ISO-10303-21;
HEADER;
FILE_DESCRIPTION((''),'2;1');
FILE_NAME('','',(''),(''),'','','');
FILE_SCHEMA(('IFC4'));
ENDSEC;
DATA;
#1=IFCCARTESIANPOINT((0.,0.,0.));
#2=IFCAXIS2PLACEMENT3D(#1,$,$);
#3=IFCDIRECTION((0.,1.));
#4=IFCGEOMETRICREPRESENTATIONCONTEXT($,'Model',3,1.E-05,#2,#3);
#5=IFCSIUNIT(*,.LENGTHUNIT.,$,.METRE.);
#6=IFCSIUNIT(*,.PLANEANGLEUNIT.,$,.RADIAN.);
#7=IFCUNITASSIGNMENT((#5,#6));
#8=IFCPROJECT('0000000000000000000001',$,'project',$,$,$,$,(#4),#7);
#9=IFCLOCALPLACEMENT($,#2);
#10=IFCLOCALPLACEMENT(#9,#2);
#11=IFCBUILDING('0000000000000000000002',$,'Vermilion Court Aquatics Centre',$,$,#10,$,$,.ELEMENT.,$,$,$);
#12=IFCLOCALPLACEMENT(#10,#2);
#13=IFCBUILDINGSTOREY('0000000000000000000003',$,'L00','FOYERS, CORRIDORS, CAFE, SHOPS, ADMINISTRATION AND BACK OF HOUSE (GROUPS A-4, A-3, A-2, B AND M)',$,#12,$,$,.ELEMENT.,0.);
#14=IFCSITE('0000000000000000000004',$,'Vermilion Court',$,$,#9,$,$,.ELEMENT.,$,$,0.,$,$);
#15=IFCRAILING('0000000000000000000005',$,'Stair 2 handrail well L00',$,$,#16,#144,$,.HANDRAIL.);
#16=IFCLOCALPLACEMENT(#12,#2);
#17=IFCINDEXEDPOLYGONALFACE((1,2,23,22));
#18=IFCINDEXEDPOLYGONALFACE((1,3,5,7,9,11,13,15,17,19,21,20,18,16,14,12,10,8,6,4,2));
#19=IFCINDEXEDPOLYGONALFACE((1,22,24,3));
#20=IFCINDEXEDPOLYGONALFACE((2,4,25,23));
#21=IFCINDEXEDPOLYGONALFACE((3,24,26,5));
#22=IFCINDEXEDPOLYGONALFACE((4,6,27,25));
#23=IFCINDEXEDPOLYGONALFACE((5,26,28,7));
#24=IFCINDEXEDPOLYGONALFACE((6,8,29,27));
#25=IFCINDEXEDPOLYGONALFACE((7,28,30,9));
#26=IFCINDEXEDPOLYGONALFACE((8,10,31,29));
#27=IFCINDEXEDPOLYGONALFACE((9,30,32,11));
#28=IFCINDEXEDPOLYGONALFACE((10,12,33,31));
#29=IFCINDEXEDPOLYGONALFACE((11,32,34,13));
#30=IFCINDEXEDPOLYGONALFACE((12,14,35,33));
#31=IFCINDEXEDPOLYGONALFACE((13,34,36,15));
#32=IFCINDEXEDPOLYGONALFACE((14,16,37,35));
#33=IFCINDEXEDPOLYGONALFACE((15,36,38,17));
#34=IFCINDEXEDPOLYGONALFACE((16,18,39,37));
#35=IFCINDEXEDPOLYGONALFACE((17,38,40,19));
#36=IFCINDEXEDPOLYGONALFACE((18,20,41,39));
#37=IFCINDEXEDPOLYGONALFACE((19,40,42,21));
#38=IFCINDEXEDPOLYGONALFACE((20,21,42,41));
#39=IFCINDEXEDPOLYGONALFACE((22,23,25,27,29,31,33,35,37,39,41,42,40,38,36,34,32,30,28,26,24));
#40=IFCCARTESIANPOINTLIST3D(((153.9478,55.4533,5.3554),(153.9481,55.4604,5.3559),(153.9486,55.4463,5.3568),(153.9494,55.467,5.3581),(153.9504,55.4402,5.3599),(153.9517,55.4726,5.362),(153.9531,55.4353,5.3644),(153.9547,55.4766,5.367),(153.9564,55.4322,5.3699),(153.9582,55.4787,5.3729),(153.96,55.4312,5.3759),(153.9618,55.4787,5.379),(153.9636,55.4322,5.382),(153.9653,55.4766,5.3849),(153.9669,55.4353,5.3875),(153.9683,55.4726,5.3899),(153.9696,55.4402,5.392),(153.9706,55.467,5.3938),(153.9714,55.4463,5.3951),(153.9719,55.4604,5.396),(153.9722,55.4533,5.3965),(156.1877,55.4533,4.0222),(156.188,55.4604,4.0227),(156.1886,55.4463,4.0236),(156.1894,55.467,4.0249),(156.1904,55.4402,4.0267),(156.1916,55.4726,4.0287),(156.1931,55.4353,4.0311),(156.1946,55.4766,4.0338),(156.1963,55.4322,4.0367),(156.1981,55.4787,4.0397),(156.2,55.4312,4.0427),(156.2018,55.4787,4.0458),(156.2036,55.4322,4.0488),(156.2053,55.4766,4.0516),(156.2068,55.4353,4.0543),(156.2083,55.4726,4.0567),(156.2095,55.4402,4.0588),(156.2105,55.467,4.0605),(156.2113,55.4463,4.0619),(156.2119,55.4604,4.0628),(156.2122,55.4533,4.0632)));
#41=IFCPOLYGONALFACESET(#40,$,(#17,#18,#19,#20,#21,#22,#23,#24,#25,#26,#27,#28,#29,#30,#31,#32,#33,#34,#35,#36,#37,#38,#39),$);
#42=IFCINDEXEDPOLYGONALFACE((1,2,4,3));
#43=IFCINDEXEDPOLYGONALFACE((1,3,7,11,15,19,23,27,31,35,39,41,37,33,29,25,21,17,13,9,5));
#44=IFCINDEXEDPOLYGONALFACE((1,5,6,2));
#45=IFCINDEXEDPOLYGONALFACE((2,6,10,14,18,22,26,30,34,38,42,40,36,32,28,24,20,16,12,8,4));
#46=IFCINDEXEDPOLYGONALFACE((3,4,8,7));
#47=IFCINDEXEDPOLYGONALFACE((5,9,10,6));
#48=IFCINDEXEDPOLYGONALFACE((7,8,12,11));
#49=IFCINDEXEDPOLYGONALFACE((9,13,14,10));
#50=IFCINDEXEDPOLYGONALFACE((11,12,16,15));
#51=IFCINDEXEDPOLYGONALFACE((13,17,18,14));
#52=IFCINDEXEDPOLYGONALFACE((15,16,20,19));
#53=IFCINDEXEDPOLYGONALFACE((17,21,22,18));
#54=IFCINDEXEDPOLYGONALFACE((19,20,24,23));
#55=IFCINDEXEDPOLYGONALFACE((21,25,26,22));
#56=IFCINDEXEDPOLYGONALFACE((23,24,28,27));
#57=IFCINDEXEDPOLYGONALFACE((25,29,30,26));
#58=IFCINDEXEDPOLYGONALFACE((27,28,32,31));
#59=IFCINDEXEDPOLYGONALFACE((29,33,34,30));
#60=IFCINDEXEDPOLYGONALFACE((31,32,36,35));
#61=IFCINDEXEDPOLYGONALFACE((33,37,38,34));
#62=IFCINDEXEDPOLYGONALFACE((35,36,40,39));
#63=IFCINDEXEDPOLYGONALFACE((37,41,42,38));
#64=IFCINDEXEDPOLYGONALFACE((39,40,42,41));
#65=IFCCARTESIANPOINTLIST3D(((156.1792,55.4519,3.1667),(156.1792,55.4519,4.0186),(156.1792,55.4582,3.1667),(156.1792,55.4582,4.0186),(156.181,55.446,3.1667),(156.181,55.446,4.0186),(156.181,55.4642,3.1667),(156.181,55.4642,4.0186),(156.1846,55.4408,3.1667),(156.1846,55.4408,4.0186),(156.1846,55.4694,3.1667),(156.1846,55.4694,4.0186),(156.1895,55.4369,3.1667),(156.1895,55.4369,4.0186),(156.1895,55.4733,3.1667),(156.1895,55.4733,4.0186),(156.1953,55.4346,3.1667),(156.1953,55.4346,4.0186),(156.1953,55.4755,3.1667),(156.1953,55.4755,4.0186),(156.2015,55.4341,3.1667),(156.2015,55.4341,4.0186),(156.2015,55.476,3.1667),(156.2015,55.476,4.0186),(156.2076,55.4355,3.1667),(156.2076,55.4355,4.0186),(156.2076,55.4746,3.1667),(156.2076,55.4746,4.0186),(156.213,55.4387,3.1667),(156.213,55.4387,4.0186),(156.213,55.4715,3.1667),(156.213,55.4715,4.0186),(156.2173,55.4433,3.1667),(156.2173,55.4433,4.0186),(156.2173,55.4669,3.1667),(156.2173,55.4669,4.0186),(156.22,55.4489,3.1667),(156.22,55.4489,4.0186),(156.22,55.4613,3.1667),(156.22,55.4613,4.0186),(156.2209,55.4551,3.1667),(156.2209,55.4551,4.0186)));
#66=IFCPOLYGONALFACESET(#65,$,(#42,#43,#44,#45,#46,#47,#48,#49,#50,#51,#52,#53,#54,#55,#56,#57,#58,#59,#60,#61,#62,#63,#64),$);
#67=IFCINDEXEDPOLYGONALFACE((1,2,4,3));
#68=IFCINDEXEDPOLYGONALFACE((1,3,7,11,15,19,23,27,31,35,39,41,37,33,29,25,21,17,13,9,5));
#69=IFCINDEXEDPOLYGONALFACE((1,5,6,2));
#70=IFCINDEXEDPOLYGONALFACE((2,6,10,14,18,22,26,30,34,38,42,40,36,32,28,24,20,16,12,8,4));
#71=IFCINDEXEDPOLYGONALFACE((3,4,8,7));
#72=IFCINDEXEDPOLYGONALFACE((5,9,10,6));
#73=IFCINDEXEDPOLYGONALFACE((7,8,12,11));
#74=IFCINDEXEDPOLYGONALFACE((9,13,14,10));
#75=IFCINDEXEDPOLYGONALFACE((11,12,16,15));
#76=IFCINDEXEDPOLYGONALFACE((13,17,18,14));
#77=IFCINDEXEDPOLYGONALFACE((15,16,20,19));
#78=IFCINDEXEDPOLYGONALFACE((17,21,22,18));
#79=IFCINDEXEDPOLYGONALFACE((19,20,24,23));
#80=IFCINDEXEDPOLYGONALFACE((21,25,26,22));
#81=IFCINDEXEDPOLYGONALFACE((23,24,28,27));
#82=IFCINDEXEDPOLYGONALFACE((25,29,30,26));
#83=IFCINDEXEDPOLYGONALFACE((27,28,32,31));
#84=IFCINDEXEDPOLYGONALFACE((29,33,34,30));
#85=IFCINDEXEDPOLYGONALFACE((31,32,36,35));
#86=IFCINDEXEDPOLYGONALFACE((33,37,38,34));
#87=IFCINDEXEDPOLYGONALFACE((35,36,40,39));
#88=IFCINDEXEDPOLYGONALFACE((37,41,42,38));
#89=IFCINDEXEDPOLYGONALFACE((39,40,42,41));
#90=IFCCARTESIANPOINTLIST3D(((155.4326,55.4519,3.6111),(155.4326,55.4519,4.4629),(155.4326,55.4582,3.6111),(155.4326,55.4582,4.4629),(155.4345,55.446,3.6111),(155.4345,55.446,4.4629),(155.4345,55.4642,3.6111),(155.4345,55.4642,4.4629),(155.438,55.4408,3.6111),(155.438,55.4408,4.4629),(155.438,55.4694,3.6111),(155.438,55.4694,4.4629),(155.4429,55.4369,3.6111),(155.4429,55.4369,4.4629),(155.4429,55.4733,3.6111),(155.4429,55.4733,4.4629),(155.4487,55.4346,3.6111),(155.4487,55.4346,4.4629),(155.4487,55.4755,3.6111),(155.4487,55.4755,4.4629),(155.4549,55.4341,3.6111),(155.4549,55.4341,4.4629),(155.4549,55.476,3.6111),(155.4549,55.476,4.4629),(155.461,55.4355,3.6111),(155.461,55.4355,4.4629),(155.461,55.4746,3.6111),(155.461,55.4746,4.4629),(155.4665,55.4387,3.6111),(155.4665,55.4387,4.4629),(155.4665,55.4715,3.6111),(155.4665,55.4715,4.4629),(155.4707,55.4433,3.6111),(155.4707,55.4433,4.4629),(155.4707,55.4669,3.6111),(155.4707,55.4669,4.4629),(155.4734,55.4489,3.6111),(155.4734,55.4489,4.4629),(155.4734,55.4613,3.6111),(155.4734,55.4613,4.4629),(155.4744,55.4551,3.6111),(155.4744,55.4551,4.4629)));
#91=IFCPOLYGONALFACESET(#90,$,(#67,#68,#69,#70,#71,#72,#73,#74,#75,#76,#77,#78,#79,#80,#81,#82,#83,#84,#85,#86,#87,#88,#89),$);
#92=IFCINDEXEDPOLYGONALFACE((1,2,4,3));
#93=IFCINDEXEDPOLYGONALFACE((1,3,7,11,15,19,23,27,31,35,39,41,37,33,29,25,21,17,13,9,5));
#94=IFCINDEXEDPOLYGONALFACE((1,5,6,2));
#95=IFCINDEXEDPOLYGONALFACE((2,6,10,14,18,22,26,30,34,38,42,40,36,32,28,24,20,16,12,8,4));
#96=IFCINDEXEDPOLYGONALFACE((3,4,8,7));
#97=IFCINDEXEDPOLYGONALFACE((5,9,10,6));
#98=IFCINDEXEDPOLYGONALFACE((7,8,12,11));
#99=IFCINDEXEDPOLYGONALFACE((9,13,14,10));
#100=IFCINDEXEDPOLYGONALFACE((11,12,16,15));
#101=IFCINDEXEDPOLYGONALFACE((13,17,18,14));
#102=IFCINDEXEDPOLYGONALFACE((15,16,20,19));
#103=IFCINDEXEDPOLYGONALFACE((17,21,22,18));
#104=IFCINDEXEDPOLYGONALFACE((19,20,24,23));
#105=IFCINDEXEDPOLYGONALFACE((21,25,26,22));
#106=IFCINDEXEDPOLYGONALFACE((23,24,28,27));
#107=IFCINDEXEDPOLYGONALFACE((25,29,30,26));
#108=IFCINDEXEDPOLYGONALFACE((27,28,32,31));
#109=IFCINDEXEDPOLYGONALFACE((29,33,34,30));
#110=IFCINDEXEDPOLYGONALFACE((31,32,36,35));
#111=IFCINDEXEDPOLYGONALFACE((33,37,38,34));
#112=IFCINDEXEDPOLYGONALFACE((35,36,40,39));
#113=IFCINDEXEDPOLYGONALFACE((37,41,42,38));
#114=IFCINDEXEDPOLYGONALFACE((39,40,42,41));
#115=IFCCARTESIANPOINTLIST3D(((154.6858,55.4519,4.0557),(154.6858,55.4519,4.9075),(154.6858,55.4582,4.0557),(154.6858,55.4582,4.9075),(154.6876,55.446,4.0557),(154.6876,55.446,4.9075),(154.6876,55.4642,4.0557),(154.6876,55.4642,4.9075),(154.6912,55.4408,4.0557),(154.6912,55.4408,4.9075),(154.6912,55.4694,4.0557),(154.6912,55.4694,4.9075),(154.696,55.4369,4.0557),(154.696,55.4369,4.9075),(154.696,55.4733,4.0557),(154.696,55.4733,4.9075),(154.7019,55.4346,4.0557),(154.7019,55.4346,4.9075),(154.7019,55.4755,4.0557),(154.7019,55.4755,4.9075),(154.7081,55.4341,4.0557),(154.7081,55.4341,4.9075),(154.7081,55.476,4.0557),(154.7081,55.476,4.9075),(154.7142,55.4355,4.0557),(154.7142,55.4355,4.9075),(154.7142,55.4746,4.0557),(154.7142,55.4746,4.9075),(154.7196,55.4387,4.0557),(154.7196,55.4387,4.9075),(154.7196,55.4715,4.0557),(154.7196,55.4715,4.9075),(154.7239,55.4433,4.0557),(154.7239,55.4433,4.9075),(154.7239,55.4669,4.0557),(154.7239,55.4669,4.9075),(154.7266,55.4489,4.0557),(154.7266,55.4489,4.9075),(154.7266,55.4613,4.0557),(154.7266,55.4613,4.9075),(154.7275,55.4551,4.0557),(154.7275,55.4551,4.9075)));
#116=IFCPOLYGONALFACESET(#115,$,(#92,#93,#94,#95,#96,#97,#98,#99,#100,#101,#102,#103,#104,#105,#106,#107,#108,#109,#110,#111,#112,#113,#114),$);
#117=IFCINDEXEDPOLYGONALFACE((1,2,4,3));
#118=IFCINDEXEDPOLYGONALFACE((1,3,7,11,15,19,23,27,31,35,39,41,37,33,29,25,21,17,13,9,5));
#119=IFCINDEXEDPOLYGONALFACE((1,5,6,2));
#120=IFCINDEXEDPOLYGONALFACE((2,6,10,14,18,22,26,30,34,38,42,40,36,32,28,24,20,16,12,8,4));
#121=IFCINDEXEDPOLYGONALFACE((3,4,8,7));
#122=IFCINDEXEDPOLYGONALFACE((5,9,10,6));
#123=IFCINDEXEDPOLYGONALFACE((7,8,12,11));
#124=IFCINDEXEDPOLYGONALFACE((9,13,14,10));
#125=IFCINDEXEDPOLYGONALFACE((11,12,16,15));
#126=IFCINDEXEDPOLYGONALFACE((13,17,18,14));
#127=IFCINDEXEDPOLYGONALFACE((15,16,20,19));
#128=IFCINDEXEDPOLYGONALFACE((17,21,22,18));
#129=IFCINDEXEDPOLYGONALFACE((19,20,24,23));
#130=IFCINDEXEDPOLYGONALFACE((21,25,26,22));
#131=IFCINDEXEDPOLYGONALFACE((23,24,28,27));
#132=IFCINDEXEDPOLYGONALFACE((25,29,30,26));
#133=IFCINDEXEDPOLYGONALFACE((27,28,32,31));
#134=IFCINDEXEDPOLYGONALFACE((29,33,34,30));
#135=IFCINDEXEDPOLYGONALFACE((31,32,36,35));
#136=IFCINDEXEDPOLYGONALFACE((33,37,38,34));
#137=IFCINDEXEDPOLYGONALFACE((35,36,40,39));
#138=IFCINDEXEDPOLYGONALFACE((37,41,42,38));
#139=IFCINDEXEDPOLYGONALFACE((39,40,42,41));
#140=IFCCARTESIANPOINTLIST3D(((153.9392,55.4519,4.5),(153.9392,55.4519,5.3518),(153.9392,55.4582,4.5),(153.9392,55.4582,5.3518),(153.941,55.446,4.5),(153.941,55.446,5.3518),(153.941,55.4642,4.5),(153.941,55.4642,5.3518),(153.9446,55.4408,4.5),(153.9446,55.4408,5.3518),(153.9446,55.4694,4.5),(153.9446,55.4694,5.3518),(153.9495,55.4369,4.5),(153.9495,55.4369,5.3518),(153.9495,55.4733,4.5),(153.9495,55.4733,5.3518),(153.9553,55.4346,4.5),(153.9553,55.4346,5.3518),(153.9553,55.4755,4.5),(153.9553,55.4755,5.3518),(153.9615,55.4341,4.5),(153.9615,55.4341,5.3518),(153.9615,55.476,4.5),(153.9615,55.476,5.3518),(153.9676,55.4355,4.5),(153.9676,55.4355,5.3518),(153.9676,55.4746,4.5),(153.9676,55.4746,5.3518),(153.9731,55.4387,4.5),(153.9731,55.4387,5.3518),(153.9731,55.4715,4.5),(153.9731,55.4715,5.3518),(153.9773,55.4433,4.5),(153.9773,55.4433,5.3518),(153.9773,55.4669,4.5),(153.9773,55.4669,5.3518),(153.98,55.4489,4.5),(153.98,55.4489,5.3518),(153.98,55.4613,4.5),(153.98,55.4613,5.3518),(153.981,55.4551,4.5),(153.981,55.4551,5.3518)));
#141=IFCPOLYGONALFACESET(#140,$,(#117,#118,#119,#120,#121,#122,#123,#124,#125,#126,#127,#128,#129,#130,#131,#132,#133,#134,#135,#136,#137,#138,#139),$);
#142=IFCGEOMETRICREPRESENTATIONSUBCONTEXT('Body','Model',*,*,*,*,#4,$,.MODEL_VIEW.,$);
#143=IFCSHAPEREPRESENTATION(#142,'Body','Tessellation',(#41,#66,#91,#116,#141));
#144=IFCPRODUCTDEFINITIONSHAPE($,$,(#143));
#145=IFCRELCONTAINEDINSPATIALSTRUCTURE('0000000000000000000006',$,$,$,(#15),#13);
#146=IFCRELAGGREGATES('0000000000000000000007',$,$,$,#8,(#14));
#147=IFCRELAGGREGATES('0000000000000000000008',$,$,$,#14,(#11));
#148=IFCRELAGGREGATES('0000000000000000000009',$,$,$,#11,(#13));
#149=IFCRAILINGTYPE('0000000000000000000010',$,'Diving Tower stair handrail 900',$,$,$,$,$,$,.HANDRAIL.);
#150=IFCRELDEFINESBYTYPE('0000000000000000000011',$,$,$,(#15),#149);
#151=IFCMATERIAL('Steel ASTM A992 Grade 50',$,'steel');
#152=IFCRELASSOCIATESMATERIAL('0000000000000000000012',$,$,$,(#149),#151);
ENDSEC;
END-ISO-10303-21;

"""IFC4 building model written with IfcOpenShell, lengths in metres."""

from ifc_helpers import new_model, si_unit, direction, frame, origin, origin_2d, place, context, subcontext, project, spatial, circle, extrude, material, type_object, element, save


model = new_model("IFC4")

# Units and contexts
model_context = context("Model", 3, precision=1e-05, world=origin(), true_north=direction((0.0, 1.0)))
body_context = subcontext(model_context, "Body", "Model", "MODEL_VIEW")
ifc_project = project(units=[si_unit("LENGTHUNIT", "METRE"), si_unit("PLANEANGLEUNIT", "RADIAN")], contexts=[model_context])

# Site, building, storey
site_placement = place(None, origin())
site = spatial("IfcSite", under=ifc_project, at=site_placement, Name="Vermilion Court", CompositionType="ELEMENT", RefElevation=0.0)
building_placement = place(site_placement, origin())
building = spatial("IfcBuilding", under=site, at=building_placement, Name="Vermilion Court Aquatics Centre", CompositionType="ELEMENT")
storey_placement = place(building_placement, origin())
storey = spatial("IfcBuildingStorey", under=building, at=storey_placement, Name="L00", Description="FOYERS, CORRIDORS, CAFE, SHOPS, ADMINISTRATION AND BACK OF HOUSE (GROUPS A-4, A-3, A-2, B AND M)", CompositionType="ELEMENT", Elevation=0.0)

# Railing
ifc_material_1 = material(Name="Steel ASTM A992 Grade 50", Category="steel")
railing_type_1 = type_object("IfcRailingType", Name="Diving Tower stair handrail 900", PredefinedType="HANDRAIL", material=ifc_material_1)
for number, where, name in (
    (1, (156.2, 55.4551, 3.1667), "Stair 2 handrail well L00"),
):
    element("IfcRailing", number, at=place(storey_placement, frame(where)), inside=storey, type_object=railing_type_1, Name=name, PredefinedType="HANDRAIL", context=body_context, shape_type="SweptSolid", body=[
        extrude(circle(Radius=0.0239, at=origin_2d()), frame((0.0, 0.0, 0.876), z_axis=(-0.859306, 0.0, 0.511462), x_axis=(0.0, -1.0, 0.0)), (0.0, 0.0, 1.0), 2.6067),
        extrude(circle(Radius=0.021, at=origin_2d()), origin(), (0.0, 0.0, 1.0), 0.8518),
        extrude(circle(Radius=0.021, at=origin_2d()), frame((-0.7466, 0.0, 0.4443)), (0.0, 0.0, 1.0), 0.8518),
        extrude(circle(Radius=0.021, at=origin_2d()), frame((-1.4934, 0.0, 0.8889)), (0.0, 0.0, 1.0), 0.8518),
        extrude(circle(Radius=0.021, at=origin_2d()), frame((-2.24, 0.0, 1.3333)), (0.0, 0.0, 1.0), 0.8518),
    ])

save(model, "model.ifc")
